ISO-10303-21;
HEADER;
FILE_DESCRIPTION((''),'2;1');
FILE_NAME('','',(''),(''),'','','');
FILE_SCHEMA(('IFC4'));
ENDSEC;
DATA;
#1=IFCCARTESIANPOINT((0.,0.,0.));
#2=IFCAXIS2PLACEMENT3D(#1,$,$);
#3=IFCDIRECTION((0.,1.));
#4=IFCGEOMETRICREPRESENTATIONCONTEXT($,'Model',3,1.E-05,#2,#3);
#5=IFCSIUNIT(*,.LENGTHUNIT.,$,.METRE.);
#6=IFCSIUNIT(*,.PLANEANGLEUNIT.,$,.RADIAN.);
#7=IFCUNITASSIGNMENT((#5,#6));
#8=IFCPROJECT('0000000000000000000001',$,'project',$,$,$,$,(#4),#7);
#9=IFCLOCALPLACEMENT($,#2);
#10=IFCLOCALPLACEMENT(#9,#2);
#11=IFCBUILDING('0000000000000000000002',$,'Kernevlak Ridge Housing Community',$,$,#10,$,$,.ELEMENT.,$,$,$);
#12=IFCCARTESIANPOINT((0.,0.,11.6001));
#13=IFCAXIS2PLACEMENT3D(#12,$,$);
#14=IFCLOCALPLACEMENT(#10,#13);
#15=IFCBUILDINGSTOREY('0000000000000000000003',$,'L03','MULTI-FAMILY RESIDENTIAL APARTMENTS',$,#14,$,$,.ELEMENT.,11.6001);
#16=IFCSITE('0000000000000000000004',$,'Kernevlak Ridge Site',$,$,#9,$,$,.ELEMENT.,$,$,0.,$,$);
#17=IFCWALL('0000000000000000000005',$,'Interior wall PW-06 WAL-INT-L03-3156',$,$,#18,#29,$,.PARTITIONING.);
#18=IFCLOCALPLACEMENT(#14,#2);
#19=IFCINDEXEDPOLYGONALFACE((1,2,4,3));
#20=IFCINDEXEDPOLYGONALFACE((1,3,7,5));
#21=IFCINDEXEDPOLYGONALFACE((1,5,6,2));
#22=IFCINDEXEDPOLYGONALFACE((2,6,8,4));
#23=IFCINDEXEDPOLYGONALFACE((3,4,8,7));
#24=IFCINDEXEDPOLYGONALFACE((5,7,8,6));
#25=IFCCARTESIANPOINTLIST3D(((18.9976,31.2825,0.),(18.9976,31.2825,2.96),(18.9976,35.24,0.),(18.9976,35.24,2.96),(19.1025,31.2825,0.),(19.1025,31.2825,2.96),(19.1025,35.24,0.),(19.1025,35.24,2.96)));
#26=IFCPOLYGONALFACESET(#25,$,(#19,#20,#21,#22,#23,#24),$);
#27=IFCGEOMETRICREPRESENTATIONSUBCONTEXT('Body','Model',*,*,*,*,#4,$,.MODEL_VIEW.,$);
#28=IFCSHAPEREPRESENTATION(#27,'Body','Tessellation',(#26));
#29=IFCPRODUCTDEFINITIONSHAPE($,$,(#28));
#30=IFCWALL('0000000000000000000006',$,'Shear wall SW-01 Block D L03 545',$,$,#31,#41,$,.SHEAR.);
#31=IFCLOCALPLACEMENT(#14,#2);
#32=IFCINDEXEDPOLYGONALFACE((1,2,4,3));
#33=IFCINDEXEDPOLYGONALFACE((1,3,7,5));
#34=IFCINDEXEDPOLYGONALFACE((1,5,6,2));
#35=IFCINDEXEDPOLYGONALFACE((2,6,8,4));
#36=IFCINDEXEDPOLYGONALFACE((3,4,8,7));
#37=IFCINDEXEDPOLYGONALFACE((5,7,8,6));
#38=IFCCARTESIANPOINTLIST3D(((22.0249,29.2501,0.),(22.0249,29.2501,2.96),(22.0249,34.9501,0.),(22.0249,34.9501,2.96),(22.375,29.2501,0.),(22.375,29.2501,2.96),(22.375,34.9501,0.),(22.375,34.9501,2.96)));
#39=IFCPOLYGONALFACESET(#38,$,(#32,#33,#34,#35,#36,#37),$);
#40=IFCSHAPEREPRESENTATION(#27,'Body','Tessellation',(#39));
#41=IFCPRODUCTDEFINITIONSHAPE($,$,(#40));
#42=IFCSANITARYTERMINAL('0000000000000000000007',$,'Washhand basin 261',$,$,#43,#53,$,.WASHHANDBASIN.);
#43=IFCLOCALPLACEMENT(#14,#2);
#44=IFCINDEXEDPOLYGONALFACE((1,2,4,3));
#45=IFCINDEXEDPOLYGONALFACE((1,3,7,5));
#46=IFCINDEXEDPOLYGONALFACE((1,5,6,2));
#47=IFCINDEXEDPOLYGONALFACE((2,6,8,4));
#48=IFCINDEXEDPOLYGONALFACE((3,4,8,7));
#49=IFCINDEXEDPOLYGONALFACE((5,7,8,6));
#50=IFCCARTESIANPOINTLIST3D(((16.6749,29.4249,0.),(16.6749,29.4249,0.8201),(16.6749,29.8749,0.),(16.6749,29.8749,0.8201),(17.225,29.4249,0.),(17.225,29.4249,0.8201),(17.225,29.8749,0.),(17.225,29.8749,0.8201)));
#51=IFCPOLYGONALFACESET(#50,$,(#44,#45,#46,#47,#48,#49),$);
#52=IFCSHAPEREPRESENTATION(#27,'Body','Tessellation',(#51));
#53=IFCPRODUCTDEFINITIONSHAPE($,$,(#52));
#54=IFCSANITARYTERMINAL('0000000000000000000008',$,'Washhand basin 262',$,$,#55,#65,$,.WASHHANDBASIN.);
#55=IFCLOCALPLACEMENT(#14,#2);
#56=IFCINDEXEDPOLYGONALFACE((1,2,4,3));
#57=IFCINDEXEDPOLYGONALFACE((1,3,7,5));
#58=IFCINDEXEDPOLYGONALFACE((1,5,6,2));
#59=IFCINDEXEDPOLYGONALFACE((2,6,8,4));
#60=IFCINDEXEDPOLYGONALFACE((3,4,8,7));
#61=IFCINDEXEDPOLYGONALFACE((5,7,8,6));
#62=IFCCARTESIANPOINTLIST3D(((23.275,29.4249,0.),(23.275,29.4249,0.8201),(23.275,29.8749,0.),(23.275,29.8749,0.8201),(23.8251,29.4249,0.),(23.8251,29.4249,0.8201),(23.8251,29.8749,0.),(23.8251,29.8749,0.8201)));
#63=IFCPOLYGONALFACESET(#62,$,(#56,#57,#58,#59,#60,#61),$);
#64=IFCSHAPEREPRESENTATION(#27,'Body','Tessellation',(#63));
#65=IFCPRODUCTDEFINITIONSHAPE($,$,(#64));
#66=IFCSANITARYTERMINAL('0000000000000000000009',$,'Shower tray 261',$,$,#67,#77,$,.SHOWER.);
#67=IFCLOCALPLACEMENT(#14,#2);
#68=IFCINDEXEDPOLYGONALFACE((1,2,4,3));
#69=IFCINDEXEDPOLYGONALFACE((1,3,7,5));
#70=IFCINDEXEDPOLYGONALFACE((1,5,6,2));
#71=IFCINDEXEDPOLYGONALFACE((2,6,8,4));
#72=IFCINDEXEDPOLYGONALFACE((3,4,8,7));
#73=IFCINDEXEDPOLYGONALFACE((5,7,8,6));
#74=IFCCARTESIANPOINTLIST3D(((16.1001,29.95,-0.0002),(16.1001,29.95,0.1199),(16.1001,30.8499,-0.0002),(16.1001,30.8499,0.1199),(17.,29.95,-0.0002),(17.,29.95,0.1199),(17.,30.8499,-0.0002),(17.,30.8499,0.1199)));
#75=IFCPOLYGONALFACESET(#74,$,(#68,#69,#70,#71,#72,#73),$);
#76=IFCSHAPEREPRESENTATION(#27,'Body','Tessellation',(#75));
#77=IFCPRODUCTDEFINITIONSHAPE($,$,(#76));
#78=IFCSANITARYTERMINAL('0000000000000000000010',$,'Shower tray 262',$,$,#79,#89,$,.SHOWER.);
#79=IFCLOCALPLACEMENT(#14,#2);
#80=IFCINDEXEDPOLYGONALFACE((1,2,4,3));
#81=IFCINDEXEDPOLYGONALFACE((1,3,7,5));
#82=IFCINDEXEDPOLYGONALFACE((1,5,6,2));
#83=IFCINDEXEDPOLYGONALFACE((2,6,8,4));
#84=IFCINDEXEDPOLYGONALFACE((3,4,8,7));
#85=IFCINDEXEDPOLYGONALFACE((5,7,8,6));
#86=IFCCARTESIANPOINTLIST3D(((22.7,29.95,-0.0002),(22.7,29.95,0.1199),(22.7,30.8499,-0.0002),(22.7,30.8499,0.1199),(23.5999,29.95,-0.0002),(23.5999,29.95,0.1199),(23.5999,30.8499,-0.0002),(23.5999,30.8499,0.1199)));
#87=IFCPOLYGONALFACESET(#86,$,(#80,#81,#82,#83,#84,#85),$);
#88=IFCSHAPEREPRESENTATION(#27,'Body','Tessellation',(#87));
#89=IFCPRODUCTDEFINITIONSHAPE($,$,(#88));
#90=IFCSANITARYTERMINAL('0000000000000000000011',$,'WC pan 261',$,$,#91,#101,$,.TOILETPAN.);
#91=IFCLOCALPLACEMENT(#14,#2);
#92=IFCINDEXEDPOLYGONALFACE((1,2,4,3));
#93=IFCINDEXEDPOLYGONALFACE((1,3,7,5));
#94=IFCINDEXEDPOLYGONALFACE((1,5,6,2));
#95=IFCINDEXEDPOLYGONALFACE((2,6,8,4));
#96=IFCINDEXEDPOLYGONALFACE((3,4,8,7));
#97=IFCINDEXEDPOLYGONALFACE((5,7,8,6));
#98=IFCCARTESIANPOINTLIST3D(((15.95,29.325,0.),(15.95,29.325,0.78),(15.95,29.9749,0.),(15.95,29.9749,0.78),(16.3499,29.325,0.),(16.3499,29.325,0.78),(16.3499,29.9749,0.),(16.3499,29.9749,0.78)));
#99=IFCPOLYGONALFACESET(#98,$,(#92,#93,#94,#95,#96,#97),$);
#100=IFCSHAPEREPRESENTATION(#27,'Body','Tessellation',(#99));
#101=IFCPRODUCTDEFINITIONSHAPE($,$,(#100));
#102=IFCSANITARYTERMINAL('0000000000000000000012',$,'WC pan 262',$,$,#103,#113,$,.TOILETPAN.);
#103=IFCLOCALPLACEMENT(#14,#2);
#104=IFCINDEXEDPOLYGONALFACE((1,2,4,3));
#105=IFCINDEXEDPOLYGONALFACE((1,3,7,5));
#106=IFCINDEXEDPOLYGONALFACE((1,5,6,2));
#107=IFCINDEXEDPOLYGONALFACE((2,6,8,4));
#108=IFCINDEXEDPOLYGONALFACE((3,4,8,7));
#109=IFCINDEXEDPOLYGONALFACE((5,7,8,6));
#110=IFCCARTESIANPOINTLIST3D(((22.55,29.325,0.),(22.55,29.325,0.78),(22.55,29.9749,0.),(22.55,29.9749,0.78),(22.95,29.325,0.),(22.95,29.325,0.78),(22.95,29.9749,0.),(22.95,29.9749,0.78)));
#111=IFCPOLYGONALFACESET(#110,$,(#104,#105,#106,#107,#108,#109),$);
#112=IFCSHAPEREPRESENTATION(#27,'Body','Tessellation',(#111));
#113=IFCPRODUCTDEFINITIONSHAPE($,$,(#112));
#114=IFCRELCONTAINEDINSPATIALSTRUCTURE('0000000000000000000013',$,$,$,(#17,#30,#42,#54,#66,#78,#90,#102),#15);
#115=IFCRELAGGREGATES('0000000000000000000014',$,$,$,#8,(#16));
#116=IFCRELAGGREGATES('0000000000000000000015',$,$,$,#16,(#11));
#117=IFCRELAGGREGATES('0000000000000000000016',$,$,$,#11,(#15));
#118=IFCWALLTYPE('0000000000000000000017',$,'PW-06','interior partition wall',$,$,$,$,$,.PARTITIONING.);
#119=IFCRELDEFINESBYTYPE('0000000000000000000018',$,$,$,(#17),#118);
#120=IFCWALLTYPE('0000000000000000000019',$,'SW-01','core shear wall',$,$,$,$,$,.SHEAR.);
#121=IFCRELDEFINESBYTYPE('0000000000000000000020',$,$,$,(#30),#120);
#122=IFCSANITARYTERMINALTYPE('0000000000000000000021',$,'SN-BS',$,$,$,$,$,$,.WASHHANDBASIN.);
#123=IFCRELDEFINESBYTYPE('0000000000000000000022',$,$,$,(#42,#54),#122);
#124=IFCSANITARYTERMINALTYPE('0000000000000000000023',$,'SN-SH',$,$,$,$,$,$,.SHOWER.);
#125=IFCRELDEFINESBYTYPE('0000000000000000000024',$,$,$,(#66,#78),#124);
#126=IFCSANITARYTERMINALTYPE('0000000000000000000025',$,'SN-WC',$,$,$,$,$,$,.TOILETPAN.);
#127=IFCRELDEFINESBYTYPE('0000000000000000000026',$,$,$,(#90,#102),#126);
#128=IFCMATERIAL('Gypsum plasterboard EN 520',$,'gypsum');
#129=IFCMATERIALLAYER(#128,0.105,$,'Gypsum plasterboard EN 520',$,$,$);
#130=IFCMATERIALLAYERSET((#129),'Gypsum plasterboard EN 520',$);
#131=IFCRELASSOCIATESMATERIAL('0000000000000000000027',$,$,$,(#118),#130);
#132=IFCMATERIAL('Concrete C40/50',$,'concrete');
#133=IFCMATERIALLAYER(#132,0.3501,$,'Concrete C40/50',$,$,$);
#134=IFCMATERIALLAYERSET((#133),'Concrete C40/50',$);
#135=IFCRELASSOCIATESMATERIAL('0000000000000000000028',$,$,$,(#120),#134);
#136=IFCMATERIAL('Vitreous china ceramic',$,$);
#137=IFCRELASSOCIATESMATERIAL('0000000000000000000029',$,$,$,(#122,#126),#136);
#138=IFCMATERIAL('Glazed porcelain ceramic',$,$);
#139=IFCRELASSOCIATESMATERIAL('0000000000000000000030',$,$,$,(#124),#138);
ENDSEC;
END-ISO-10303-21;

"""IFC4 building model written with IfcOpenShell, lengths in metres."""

from ifc_helpers import new_model, si_unit, direction, frame, frame_2d, origin, origin_2d, place, context, subcontext, project, spatial, rectangle, extrude, material, layer, layer_set, type_object, element, save


model = new_model("IFC4")

# Units and contexts
model_context = context("Model", 3, precision=1e-05, world=origin(), true_north=direction((0.0, 1.0)))
body_context = subcontext(model_context, "Body", "Model", "MODEL_VIEW")
ifc_project = project(units=[si_unit("LENGTHUNIT", "METRE"), si_unit("PLANEANGLEUNIT", "RADIAN")], contexts=[model_context])

# Site, building, storey
site_placement = place(None, origin())
site = spatial("IfcSite", under=ifc_project, at=site_placement, Name="Kernevlak Ridge Site", CompositionType="ELEMENT", RefElevation=0.0)
building_placement = place(site_placement, origin())
building = spatial("IfcBuilding", under=site, at=building_placement, Name="Kernevlak Ridge Housing Community", CompositionType="ELEMENT")
storey_placement = place(building_placement, frame((0.0, 0.0, 11.6001)))
storey = spatial("IfcBuildingStorey", under=building, at=storey_placement, Name="L03", Description="MULTI-FAMILY RESIDENTIAL APARTMENTS", CompositionType="ELEMENT", Elevation=11.6001)

# Shared definitions
ifc_material_1 = material(Name="Gypsum plasterboard EN 520", Category="gypsum")

# Walls
ifc_layer_1 = layer(ifc_material_1, 0.105, Name="Gypsum plasterboard EN 520")
ifc_layer_set_1 = layer_set([ifc_layer_1], Name="Gypsum plasterboard EN 520")
wall_type_1 = type_object("IfcWallType", Name="PW-06", Description="interior partition wall", PredefinedType="PARTITIONING", material=ifc_layer_set_1)
wall_1_placement = place(storey_placement, frame((19.05, 31.2825, 0.0), z_axis=(0.0, 0.0, 1.0), x_axis=(0.0, 1.0, 0.0)))
element("IfcWall", 1, at=wall_1_placement, inside=storey, type_object=wall_type_1, Name="Interior wall PW-06 WAL-INT-L03-3156", PredefinedType="PARTITIONING", context=body_context, shape_type="SweptSolid", body=[
    extrude(rectangle(XDim=3.9575, YDim=0.105, at=frame_2d((1.9788, 0.0))), origin(), (0.0, 0.0, 1.0), 2.96),
])
ifc_material_2 = material(Name="Concrete C40/50", Category="concrete")
ifc_layer_2 = layer(ifc_material_2, 0.3501, Name="Concrete C40/50")
ifc_layer_set_2 = layer_set([ifc_layer_2], Name="Concrete C40/50")
wall_type_2 = type_object("IfcWallType", Name="SW-01", Description="core shear wall", PredefinedType="SHEAR", material=ifc_layer_set_2)
wall_2_placement = place(storey_placement, frame((22.2, 29.25, 0.0), z_axis=(0.0, 0.0, 1.0), x_axis=(0.0, 1.0, 0.0)))
element("IfcWall", 2, at=wall_2_placement, inside=storey, type_object=wall_type_2, Name="Shear wall SW-01 Block D L03 545", PredefinedType="SHEAR", context=body_context, shape_type="SweptSolid", body=[
    extrude(rectangle(XDim=5.7, YDim=0.3501, at=frame_2d((2.8501, 0.0))), origin(), (0.0, 0.0, 1.0), 2.96),
])

# Sanitary terminals
ifc_material_3 = material(Name="Vitreous china ceramic")
sanitary_terminal_type_1 = type_object("IfcSanitaryTerminalType", Name="SN-BS", PredefinedType="WASHHANDBASIN", material=ifc_material_3)
for number, where, z_axis, x_axis, name in (
    (3, (16.95, 29.6499, 0.0), (0.0, 0.0, 1.0), (1.0, 0.0, 0.0), "Washhand basin 261"),
    (4, (23.55, 29.6499, 0.0), (0.0, 0.0, 1.0), (1.0, 0.0, 0.0), "Washhand basin 262"),
):
    element("IfcSanitaryTerminal", number, at=place(storey_placement, frame(where, z_axis=z_axis, x_axis=x_axis)), inside=storey, type_object=sanitary_terminal_type_1, Name=name, PredefinedType="WASHHANDBASIN", context=body_context, shape_type="SweptSolid", body=[
        extrude(rectangle(XDim=0.55, YDim=0.45, at=origin_2d()), origin(), (0.0, 0.0, 1.0), 0.8201),
    ])
ifc_material_4 = material(Name="Glazed porcelain ceramic")
sanitary_terminal_type_2 = type_object("IfcSanitaryTerminalType", Name="SN-SH", PredefinedType="SHOWER", material=ifc_material_4)
for number, where, z_axis, x_axis, name in (
    (5, (16.55, 30.3999, -0.0002), (0.0, 0.0, 1.0), (1.0, 0.0, 0.0), "Shower tray 261"),
    (6, (23.1499, 30.3999, -0.0002), (0.0, 0.0, 1.0), (1.0, 0.0, 0.0), "Shower tray 262"),
):
    element("IfcSanitaryTerminal", number, at=place(storey_placement, frame(where, z_axis=z_axis, x_axis=x_axis)), inside=storey, type_object=sanitary_terminal_type_2, Name=name, PredefinedType="SHOWER", context=body_context, shape_type="SweptSolid", body=[
        extrude(rectangle(XDim=0.8999, YDim=0.8999, at=origin_2d()), origin(), (0.0, 0.0, 1.0), 0.1201),
    ])
sanitary_terminal_type_3 = type_object("IfcSanitaryTerminalType", Name="SN-WC", PredefinedType="TOILETPAN", material=ifc_material_3)
for number, where, z_axis, x_axis, name in (
    (7, (16.1499, 29.6499, 0.0), (0.0, 0.0, 1.0), (1.0, 0.0, 0.0), "WC pan 261"),
    (8, (22.75, 29.6499, 0.0), (0.0, 0.0, 1.0), (1.0, 0.0, 0.0), "WC pan 262"),
):
    element("IfcSanitaryTerminal", number, at=place(storey_placement, frame(where, z_axis=z_axis, x_axis=x_axis)), inside=storey, type_object=sanitary_terminal_type_3, Name=name, PredefinedType="TOILETPAN", context=body_context, shape_type="SweptSolid", body=[
        extrude(rectangle(XDim=0.3999, YDim=0.6499, at=origin_2d()), origin(), (0.0, 0.0, 1.0), 0.78),
    ])

save(model, "model.ifc")
